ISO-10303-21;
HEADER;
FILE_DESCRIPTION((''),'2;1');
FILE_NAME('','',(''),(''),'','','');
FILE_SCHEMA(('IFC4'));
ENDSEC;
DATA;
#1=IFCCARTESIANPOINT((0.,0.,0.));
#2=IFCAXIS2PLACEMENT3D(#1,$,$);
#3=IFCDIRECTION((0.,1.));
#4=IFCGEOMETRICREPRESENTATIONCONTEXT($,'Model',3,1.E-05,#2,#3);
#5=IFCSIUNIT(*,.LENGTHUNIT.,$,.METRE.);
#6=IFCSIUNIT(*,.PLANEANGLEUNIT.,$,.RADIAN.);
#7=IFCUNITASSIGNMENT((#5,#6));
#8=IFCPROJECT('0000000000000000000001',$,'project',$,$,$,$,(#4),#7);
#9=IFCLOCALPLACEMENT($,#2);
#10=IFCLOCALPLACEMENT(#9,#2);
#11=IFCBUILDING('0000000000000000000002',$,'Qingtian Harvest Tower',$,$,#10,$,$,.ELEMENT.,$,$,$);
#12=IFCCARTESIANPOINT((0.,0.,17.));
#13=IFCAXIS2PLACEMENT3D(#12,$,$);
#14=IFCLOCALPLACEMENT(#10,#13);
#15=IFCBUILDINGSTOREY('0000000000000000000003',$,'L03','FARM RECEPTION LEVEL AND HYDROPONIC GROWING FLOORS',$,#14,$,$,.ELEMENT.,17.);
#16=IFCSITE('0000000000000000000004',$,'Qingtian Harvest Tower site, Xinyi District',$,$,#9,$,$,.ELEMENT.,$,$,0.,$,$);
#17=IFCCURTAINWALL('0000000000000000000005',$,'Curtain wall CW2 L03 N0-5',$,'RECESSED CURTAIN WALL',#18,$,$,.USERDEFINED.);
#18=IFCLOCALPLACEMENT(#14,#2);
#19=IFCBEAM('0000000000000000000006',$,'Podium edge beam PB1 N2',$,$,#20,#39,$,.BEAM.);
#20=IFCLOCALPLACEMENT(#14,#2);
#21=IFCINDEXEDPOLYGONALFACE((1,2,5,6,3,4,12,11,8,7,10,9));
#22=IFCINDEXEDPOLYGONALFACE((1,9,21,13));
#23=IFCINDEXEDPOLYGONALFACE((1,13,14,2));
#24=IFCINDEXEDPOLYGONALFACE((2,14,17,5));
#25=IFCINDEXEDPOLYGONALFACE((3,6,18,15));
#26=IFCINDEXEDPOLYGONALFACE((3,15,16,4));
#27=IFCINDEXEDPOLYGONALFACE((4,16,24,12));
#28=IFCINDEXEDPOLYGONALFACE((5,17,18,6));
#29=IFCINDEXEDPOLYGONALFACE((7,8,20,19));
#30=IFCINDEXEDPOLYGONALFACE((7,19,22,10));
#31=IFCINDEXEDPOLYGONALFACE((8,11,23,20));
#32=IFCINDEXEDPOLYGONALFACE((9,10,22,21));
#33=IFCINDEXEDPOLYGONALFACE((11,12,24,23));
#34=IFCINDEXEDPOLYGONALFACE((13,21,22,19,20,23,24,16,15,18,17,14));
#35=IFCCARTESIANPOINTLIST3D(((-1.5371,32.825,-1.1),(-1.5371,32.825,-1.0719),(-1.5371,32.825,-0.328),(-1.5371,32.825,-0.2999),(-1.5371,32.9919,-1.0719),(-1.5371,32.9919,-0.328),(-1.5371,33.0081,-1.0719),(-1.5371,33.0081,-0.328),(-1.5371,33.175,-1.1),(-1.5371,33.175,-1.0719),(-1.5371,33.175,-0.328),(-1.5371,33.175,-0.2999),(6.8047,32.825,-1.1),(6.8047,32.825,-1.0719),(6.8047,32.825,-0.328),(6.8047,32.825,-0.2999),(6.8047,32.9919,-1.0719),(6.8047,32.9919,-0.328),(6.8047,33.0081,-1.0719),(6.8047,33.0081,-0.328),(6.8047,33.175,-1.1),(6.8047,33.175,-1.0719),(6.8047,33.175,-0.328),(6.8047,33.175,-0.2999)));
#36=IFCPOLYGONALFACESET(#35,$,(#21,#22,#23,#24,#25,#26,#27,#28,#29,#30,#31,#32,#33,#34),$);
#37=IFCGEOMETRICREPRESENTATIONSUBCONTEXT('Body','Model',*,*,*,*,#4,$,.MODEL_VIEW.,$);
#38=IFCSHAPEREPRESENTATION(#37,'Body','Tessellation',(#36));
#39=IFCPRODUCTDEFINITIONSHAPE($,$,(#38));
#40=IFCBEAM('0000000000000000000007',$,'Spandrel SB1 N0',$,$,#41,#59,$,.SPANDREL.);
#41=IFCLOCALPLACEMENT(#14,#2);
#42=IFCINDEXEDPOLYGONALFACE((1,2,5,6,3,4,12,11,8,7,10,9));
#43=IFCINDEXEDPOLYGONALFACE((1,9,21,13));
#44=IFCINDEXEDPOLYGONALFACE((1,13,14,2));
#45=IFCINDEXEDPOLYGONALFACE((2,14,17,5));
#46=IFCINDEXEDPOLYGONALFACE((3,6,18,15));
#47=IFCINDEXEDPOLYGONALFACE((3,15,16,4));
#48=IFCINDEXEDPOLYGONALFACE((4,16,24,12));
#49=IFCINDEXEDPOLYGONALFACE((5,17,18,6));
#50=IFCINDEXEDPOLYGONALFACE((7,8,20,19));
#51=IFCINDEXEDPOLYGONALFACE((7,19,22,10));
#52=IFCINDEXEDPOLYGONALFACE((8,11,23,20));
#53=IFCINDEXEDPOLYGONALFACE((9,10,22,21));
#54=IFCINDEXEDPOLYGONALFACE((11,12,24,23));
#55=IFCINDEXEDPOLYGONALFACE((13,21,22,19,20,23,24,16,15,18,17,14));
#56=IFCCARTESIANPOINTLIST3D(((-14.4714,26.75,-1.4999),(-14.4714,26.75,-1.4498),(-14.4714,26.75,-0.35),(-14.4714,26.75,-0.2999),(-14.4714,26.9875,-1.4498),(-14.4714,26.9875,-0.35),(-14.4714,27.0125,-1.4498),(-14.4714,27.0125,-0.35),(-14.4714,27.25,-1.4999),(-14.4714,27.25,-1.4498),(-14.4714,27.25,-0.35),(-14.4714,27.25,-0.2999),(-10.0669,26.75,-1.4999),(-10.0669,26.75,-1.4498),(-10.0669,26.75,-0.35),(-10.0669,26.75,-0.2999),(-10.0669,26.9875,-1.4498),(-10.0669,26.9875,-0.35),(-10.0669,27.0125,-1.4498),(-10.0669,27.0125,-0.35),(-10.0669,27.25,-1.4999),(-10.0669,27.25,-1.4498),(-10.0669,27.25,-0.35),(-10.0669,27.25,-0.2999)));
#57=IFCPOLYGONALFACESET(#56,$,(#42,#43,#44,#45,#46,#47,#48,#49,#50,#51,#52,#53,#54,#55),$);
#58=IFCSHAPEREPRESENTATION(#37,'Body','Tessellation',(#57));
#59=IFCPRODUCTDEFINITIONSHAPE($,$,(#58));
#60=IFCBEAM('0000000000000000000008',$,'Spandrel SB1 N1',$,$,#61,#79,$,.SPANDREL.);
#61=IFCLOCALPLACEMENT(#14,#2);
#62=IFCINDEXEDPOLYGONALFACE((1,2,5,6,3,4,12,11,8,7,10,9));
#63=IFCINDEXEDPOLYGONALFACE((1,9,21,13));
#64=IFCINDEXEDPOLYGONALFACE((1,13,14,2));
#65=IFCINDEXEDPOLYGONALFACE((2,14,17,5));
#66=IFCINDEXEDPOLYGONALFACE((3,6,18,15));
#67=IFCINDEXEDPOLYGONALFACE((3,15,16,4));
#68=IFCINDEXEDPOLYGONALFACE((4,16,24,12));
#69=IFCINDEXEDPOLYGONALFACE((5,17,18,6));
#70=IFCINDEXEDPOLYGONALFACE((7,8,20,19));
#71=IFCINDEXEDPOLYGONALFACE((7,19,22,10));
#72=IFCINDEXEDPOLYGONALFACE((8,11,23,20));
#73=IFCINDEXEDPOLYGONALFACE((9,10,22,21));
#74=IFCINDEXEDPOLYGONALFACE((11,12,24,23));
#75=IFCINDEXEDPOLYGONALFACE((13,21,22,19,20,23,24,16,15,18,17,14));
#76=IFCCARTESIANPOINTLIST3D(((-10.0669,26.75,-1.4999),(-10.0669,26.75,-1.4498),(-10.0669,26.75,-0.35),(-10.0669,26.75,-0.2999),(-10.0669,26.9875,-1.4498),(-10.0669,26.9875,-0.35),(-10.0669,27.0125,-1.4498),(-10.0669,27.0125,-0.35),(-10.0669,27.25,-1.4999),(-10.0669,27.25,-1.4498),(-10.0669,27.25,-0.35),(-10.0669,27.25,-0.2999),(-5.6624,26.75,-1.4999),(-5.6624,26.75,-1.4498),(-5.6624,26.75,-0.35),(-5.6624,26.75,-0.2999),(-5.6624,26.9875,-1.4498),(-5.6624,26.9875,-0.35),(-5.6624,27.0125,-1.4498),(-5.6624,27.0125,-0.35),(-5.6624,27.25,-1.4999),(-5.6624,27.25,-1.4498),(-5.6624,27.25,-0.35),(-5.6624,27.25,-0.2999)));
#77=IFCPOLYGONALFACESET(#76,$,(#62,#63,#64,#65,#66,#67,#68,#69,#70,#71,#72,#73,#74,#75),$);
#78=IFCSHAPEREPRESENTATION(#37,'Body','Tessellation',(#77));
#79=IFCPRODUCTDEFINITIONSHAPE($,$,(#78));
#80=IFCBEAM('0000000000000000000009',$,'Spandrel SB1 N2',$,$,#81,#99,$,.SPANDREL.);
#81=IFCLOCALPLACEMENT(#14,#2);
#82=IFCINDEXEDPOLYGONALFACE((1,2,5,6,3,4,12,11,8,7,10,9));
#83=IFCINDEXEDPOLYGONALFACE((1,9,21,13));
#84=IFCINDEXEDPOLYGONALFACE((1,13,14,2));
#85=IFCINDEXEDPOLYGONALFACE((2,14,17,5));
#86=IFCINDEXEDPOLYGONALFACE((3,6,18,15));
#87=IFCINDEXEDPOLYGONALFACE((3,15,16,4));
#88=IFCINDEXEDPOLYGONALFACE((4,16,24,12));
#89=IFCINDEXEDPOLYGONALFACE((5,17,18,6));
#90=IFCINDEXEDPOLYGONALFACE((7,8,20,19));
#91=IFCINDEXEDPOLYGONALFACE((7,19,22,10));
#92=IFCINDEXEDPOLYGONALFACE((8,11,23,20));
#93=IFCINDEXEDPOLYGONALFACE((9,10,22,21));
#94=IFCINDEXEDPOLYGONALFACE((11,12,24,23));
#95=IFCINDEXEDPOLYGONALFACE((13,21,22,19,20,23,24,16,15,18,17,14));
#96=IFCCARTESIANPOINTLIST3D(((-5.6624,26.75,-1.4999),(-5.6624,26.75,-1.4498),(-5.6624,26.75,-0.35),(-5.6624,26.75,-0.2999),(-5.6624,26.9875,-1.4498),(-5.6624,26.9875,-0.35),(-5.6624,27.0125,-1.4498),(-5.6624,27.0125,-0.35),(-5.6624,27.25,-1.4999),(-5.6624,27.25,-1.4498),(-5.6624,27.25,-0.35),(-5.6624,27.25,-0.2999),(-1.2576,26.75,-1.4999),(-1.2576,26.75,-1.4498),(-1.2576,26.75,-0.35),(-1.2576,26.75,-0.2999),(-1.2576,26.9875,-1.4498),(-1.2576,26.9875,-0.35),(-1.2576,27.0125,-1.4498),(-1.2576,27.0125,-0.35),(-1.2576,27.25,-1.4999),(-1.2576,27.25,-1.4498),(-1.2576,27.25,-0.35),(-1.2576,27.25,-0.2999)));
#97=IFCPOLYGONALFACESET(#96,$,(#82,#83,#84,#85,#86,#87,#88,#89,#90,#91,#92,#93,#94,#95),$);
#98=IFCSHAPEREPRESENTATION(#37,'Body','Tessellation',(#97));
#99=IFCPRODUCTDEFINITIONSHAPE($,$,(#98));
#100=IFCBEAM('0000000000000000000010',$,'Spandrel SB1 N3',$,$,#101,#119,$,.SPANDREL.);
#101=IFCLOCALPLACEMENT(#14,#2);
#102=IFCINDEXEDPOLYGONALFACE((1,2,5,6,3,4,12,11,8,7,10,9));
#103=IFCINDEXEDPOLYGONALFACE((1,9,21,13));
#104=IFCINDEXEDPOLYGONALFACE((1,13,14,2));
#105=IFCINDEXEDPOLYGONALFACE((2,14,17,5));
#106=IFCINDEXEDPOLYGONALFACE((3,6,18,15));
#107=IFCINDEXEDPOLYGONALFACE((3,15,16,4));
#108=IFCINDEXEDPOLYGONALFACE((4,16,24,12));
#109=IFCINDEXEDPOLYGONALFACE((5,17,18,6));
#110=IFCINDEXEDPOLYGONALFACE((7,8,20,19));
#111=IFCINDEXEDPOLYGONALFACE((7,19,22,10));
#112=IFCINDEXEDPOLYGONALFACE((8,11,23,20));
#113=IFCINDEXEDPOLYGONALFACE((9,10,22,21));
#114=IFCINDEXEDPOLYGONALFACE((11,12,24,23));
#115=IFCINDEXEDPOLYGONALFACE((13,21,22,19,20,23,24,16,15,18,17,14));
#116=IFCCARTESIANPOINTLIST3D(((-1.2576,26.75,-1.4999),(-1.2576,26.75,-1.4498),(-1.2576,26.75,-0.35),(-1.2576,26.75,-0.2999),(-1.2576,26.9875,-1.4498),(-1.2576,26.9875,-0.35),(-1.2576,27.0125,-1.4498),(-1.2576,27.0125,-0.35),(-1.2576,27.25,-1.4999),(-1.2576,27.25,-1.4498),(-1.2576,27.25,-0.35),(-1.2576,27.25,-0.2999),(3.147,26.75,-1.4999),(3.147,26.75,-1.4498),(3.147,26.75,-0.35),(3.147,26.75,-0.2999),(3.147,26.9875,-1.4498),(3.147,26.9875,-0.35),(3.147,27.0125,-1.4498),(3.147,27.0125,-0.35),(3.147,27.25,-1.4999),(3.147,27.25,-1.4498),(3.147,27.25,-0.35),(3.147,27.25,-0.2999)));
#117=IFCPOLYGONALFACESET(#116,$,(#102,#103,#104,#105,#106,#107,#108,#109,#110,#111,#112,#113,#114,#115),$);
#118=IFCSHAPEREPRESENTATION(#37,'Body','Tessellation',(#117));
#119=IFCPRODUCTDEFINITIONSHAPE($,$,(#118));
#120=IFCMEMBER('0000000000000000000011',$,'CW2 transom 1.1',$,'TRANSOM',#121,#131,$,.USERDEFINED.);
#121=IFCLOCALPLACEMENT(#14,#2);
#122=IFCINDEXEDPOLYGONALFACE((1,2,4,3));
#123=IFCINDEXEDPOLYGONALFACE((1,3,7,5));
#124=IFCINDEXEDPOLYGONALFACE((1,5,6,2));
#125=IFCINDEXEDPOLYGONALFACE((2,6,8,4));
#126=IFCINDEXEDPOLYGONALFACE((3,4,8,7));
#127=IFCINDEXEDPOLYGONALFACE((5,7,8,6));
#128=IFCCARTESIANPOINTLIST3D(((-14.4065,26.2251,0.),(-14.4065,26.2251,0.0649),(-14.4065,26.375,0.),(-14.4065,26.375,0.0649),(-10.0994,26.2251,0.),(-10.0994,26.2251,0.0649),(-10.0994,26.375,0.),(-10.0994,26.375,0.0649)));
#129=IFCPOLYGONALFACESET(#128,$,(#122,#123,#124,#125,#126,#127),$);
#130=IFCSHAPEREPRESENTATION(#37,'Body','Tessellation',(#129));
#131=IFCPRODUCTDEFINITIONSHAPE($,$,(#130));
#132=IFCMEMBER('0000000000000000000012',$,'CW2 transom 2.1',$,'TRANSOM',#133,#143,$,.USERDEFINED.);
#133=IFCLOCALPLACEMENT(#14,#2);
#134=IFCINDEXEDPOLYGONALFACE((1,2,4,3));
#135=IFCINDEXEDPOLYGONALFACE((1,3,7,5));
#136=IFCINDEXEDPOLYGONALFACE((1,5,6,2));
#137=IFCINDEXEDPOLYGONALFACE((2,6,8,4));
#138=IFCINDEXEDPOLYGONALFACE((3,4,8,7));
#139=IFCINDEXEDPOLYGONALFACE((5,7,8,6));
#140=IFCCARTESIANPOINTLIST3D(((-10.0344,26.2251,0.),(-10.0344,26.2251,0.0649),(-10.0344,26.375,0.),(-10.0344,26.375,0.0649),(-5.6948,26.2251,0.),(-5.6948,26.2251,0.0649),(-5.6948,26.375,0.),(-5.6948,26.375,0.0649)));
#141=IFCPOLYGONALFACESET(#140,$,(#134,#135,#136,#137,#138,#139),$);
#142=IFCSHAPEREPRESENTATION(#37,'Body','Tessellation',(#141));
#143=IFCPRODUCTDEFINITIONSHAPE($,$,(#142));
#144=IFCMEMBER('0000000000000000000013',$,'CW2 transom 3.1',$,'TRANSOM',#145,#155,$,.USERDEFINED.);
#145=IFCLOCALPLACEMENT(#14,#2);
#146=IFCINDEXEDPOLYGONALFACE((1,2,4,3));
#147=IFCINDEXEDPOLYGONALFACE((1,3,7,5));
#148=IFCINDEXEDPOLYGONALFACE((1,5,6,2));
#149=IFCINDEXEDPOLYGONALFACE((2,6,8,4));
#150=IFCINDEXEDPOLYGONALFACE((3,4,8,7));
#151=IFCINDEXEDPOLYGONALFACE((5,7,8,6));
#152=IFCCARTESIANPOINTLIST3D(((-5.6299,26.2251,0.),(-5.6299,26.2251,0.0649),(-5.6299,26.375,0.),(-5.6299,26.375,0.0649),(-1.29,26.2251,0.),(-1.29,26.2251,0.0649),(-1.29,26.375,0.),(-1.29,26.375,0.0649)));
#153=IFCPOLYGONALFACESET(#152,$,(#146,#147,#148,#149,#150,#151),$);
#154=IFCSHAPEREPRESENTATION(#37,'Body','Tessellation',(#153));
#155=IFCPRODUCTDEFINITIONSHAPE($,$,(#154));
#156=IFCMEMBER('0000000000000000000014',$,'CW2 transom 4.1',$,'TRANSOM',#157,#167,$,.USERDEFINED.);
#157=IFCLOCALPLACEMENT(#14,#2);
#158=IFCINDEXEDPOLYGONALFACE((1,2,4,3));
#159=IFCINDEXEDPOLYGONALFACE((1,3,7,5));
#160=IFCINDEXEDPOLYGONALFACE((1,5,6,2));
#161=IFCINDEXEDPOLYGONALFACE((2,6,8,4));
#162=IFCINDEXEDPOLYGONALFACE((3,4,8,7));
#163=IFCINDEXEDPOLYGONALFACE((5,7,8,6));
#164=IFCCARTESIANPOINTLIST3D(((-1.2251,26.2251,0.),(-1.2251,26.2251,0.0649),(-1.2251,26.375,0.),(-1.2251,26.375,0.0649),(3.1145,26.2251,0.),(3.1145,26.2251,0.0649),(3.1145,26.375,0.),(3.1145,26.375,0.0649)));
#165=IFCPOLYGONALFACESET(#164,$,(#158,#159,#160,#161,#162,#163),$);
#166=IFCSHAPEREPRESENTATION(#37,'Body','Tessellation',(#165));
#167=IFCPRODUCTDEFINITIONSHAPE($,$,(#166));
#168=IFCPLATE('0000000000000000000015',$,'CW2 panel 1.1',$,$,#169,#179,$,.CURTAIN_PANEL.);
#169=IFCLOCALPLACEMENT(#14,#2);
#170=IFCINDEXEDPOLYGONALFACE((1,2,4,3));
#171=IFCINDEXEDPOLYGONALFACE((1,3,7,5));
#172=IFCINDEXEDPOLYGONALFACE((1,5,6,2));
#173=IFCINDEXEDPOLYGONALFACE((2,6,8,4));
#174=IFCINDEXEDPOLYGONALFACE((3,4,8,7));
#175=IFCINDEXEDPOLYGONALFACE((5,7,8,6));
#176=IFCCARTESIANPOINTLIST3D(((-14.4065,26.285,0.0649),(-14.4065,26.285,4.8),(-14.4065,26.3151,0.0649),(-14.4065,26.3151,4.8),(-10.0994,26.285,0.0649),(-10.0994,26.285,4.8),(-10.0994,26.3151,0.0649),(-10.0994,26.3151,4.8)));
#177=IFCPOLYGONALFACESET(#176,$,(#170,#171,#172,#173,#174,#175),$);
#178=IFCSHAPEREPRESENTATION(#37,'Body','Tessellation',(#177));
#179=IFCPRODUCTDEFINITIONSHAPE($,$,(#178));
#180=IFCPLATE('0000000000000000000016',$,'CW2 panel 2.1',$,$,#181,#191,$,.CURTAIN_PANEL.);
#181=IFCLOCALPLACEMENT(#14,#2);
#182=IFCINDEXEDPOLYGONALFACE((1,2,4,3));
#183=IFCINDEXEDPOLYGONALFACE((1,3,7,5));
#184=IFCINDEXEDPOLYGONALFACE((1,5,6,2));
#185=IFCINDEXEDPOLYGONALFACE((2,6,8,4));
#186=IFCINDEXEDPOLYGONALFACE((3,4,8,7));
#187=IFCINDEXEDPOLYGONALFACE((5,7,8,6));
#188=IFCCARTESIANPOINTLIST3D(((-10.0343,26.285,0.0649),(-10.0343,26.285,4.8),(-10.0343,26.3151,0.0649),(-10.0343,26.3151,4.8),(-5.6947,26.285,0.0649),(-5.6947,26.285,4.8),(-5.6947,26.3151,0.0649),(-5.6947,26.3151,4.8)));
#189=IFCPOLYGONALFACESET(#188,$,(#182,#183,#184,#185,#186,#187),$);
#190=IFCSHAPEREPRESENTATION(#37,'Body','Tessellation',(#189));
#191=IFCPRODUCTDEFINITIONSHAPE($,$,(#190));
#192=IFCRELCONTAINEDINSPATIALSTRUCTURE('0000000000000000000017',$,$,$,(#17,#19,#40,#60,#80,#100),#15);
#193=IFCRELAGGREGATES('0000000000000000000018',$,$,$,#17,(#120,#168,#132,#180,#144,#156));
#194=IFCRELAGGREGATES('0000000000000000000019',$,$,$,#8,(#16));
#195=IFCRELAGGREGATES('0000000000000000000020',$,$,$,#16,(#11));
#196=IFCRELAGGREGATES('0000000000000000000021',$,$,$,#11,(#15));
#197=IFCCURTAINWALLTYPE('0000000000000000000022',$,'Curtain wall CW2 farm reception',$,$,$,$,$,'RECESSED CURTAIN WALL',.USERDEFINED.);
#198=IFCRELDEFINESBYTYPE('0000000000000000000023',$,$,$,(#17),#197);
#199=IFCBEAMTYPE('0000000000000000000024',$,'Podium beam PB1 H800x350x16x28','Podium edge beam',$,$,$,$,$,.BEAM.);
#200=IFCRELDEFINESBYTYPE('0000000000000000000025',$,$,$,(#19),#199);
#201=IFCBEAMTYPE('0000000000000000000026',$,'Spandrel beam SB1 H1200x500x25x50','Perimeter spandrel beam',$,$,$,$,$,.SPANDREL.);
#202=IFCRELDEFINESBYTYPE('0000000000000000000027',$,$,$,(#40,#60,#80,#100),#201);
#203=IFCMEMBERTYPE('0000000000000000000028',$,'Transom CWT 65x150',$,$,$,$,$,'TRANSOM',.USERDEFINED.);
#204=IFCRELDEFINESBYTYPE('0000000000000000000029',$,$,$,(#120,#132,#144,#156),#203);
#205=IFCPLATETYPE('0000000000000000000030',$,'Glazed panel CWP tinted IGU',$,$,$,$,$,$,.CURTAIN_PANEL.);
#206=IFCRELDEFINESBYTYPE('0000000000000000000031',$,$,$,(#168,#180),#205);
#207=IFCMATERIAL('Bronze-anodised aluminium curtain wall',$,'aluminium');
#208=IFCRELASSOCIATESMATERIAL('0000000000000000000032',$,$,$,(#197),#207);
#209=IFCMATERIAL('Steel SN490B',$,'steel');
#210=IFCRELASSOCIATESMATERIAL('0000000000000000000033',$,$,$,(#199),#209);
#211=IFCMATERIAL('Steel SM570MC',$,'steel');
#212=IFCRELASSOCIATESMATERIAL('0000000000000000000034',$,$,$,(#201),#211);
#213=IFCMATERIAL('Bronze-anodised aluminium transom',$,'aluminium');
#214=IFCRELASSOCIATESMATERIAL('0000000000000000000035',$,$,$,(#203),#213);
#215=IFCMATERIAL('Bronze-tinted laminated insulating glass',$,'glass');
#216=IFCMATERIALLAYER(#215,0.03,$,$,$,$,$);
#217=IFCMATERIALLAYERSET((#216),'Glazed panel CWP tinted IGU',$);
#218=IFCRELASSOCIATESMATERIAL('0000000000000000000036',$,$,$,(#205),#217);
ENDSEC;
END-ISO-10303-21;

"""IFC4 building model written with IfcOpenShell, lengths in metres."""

from ifc_helpers import new_model, si_unit, direction, frame, origin, origin_2d, place, context, subcontext, project, spatial, rectangle, i_section, extrude, material, layer, layer_set, material_profile, profile_set, type_object, element, aggregate, save


model = new_model("IFC4")

# Units and contexts
model_context = context("Model", 3, precision=1e-05, world=origin(), true_north=direction((0.0, 1.0)))
body_context = subcontext(model_context, "Body", "Model", "MODEL_VIEW")
ifc_project = project(units=[si_unit("LENGTHUNIT", "METRE"), si_unit("PLANEANGLEUNIT", "RADIAN")], contexts=[model_context])

# Site, building, storey
site_placement = place(None, origin())
site = spatial("IfcSite", under=ifc_project, at=site_placement, Name="Qingtian Harvest Tower site, Xinyi District", CompositionType="ELEMENT", RefElevation=0.0)
building_placement = place(site_placement, origin())
building = spatial("IfcBuilding", under=site, at=building_placement, Name="Qingtian Harvest Tower", CompositionType="ELEMENT")
storey_placement = place(building_placement, frame((0.0, 0.0, 17.0)))
storey = spatial("IfcBuildingStorey", under=building, at=storey_placement, Name="L03", Description="FARM RECEPTION LEVEL AND HYDROPONIC GROWING FLOORS", CompositionType="ELEMENT", Elevation=17.0)

# Curtain wall
ifc_material_1 = material(Name="Bronze-anodised aluminium curtain wall", Category="aluminium")
curtain_wall_type = type_object("IfcCurtainWallType", Name="Curtain wall CW2 farm reception", ElementType="RECESSED CURTAIN WALL", PredefinedType="USERDEFINED", material=ifc_material_1)
curtain_wall_1_placement = place(storey_placement, origin())
curtain_wall_1 = element("IfcCurtainWall", 1, at=curtain_wall_1_placement, inside=storey, type_object=curtain_wall_type, Name="Curtain wall CW2 L03 N0-5", ObjectType="RECESSED CURTAIN WALL", PredefinedType="USERDEFINED")

# Beams
ifc_material_2 = material(Name="Steel SN490B", Category="steel")
ifc_material_profile_1 = material_profile(ifc_material_2, i_section(OverallWidth=0.3501, OverallDepth=0.8, WebThickness=0.0161, FlangeThickness=0.0281, at=origin_2d()), Name="H800x350x16x28")
ifc_profile_set_1 = profile_set([ifc_material_profile_1], Name="Steel SN490B")
beam_type_1 = type_object("IfcBeamType", Name="Podium beam PB1 H800x350x16x28", Description="Podium edge beam", PredefinedType="BEAM", material=ifc_profile_set_1)
for number, where, z_axis, x_axis, name in (
    (2, (-1.5371, 33.0, -0.7), (1.0, 0.0, 0.0), (0.0, 1.0, 0.0), "Podium edge beam PB1 N2"),
):
    element("IfcBeam", number, at=place(storey_placement, frame(where, z_axis=z_axis, x_axis=x_axis)), inside=storey, type_object=beam_type_1, Name=name, PredefinedType="BEAM", context=body_context, shape_type="SweptSolid", body=[
        extrude(i_section(OverallWidth=0.3501, OverallDepth=0.8, WebThickness=0.0161, FlangeThickness=0.0281, at=origin_2d()), origin(), (0.0, 0.0, 1.0), 8.3418),
    ])
ifc_material_3 = material(Name="Steel SM570MC", Category="steel")
ifc_material_profile_2 = material_profile(ifc_material_3, i_section(OverallWidth=0.5, OverallDepth=1.2, WebThickness=0.0249, FlangeThickness=0.05, at=origin_2d()), Name="H1200x500x25x50")
ifc_profile_set_2 = profile_set([ifc_material_profile_2], Name="Steel SM570MC")
beam_type_2 = type_object("IfcBeamType", Name="Spandrel beam SB1 H1200x500x25x50", Description="Perimeter spandrel beam", PredefinedType="SPANDREL", material=ifc_profile_set_2)
for number, where, z_axis, x_axis, name in (
    (3, (-14.4714, 27.0, -0.8999), (1.0, 0.0, 0.0), (0.0, 1.0, 0.0), "Spandrel SB1 N0"),
    (4, (-10.0669, 27.0, -0.8999), (1.0, 0.0, 0.0), (0.0, 1.0, 0.0), "Spandrel SB1 N1"),
):
    element("IfcBeam", number, at=place(storey_placement, frame(where, z_axis=z_axis, x_axis=x_axis)), inside=storey, type_object=beam_type_2, Name=name, PredefinedType="SPANDREL", context=body_context, shape_type="SweptSolid", body=[
        extrude(i_section(OverallWidth=0.5, OverallDepth=1.2, WebThickness=0.0249, FlangeThickness=0.05, at=origin_2d()), origin(), (0.0, 0.0, 1.0), 4.4045),
    ])
beam_1_placement = place(storey_placement, frame((-5.6624, 27.0, -0.8999), z_axis=(1.0, 0.0, 0.0), x_axis=(0.0, 1.0, 0.0)))
element("IfcBeam", 5, at=beam_1_placement, inside=storey, type_object=beam_type_2, Name="Spandrel SB1 N2", PredefinedType="SPANDREL", context=body_context, shape_type="SweptSolid", body=[
    extrude(i_section(OverallWidth=0.5, OverallDepth=1.2, WebThickness=0.0249, FlangeThickness=0.05, at=origin_2d()), origin(), (0.0, 0.0, 1.0), 4.4048),
])
beam_2_placement = place(storey_placement, frame((-1.2576, 27.0, -0.8999), z_axis=(1.0, 0.0, 0.0), x_axis=(0.0, 1.0, 0.0)))
element("IfcBeam", 6, at=beam_2_placement, inside=storey, type_object=beam_type_2, Name="Spandrel SB1 N3", PredefinedType="SPANDREL", context=body_context, shape_type="SweptSolid", body=[
    extrude(i_section(OverallWidth=0.5, OverallDepth=1.2, WebThickness=0.0249, FlangeThickness=0.05, at=origin_2d()), origin(), (0.0, 0.0, 1.0), 4.4045),
])

# Members
ifc_material_4 = material(Name="Bronze-anodised aluminium transom", Category="aluminium")
ifc_material_profile_3 = material_profile(ifc_material_4, rectangle(XDim=0.1499, YDim=0.0649, at=origin_2d()), Name="AL 65x150")
ifc_profile_set_3 = profile_set([ifc_material_profile_3], Name="Bronze-anodised aluminium transom")
member_type_1 = type_object("IfcMemberType", Name="Transom CWT 65x150", ElementType="TRANSOM", PredefinedType="USERDEFINED", material=ifc_profile_set_3)
member_1_placement = place(storey_placement, frame((-14.4065, 26.3, 0.0325), z_axis=(1.0, 0.0, 0.0), x_axis=(0.0, 1.0, 0.0)))
member_1 = element("IfcMember", 7, at=member_1_placement, type_object=member_type_1, Name="CW2 transom 1.1", ObjectType="TRANSOM", PredefinedType="USERDEFINED", context=body_context, shape_type="SweptSolid", body=[
    extrude(rectangle(XDim=0.1499, YDim=0.0649, at=origin_2d()), origin(), (0.0, 0.0, 1.0), 4.3071),
])
member_2_placement = place(storey_placement, frame((-10.0344, 26.3, 0.0325), z_axis=(1.0, 0.0, 0.0), x_axis=(0.0, 1.0, 0.0)))
member_2 = element("IfcMember", 8, at=member_2_placement, type_object=member_type_1, Name="CW2 transom 2.1", ObjectType="TRANSOM", PredefinedType="USERDEFINED", context=body_context, shape_type="SweptSolid", body=[
    extrude(rectangle(XDim=0.1499, YDim=0.0649, at=origin_2d()), origin(), (0.0, 0.0, 1.0), 4.3396),
])
member_3_placement = place(storey_placement, frame((-5.6299, 26.3, 0.0325), z_axis=(1.0, 0.0, 0.0), x_axis=(0.0, 1.0, 0.0)))
member_3 = element("IfcMember", 9, at=member_3_placement, type_object=member_type_1, Name="CW2 transom 3.1", ObjectType="TRANSOM", PredefinedType="USERDEFINED", context=body_context, shape_type="SweptSolid", body=[
    extrude(rectangle(XDim=0.1499, YDim=0.0649, at=origin_2d()), origin(), (0.0, 0.0, 1.0), 4.3398),
])
member_4_placement = place(storey_placement, frame((-1.2251, 26.3, 0.0325), z_axis=(1.0, 0.0, 0.0), x_axis=(0.0, 1.0, 0.0)))
member_4 = element("IfcMember", 10, at=member_4_placement, type_object=member_type_1, Name="CW2 transom 4.1", ObjectType="TRANSOM", PredefinedType="USERDEFINED", context=body_context, shape_type="SweptSolid", body=[
    extrude(rectangle(XDim=0.1499, YDim=0.0649, at=origin_2d()), origin(), (0.0, 0.0, 1.0), 4.3396),
])

# Plates
ifc_material_5 = material(Name="Bronze-tinted laminated insulating glass", Category="glass")
ifc_layer_1 = layer(ifc_material_5, 0.03)
ifc_layer_set_1 = layer_set([ifc_layer_1], Name="Glazed panel CWP tinted IGU")
plate_type = type_object("IfcPlateType", Name="Glazed panel CWP tinted IGU", PredefinedType="CURTAIN_PANEL", material=ifc_layer_set_1)
plate_1_placement = place(storey_placement, frame((-12.2529, 26.3, 0.0649), z_axis=(0.0, 0.0, 1.0), x_axis=(1.0, 0.0, 0.0)))
plate_1 = element("IfcPlate", 11, at=plate_1_placement, type_object=plate_type, Name="CW2 panel 1.1", PredefinedType="CURTAIN_PANEL", context=body_context, shape_type="SweptSolid", body=[
    extrude(rectangle(XDim=4.3071, YDim=0.03, at=origin_2d()), origin(), (0.0, 0.0, 1.0), 4.7351),
])
plate_2_placement = place(storey_placement, frame((-7.8645, 26.3, 0.0649), z_axis=(0.0, 0.0, 1.0), x_axis=(1.0, 0.0, 0.0)))
plate_2 = element("IfcPlate", 12, at=plate_2_placement, type_object=plate_type, Name="CW2 panel 2.1", PredefinedType="CURTAIN_PANEL", context=body_context, shape_type="SweptSolid", body=[
    extrude(rectangle(XDim=4.3396, YDim=0.03, at=origin_2d()), origin(), (0.0, 0.0, 1.0), 4.7351),
])
aggregate(curtain_wall_1, [member_1, plate_1, member_2, plate_2, member_3, member_4])

save(model, "model.ifc")
